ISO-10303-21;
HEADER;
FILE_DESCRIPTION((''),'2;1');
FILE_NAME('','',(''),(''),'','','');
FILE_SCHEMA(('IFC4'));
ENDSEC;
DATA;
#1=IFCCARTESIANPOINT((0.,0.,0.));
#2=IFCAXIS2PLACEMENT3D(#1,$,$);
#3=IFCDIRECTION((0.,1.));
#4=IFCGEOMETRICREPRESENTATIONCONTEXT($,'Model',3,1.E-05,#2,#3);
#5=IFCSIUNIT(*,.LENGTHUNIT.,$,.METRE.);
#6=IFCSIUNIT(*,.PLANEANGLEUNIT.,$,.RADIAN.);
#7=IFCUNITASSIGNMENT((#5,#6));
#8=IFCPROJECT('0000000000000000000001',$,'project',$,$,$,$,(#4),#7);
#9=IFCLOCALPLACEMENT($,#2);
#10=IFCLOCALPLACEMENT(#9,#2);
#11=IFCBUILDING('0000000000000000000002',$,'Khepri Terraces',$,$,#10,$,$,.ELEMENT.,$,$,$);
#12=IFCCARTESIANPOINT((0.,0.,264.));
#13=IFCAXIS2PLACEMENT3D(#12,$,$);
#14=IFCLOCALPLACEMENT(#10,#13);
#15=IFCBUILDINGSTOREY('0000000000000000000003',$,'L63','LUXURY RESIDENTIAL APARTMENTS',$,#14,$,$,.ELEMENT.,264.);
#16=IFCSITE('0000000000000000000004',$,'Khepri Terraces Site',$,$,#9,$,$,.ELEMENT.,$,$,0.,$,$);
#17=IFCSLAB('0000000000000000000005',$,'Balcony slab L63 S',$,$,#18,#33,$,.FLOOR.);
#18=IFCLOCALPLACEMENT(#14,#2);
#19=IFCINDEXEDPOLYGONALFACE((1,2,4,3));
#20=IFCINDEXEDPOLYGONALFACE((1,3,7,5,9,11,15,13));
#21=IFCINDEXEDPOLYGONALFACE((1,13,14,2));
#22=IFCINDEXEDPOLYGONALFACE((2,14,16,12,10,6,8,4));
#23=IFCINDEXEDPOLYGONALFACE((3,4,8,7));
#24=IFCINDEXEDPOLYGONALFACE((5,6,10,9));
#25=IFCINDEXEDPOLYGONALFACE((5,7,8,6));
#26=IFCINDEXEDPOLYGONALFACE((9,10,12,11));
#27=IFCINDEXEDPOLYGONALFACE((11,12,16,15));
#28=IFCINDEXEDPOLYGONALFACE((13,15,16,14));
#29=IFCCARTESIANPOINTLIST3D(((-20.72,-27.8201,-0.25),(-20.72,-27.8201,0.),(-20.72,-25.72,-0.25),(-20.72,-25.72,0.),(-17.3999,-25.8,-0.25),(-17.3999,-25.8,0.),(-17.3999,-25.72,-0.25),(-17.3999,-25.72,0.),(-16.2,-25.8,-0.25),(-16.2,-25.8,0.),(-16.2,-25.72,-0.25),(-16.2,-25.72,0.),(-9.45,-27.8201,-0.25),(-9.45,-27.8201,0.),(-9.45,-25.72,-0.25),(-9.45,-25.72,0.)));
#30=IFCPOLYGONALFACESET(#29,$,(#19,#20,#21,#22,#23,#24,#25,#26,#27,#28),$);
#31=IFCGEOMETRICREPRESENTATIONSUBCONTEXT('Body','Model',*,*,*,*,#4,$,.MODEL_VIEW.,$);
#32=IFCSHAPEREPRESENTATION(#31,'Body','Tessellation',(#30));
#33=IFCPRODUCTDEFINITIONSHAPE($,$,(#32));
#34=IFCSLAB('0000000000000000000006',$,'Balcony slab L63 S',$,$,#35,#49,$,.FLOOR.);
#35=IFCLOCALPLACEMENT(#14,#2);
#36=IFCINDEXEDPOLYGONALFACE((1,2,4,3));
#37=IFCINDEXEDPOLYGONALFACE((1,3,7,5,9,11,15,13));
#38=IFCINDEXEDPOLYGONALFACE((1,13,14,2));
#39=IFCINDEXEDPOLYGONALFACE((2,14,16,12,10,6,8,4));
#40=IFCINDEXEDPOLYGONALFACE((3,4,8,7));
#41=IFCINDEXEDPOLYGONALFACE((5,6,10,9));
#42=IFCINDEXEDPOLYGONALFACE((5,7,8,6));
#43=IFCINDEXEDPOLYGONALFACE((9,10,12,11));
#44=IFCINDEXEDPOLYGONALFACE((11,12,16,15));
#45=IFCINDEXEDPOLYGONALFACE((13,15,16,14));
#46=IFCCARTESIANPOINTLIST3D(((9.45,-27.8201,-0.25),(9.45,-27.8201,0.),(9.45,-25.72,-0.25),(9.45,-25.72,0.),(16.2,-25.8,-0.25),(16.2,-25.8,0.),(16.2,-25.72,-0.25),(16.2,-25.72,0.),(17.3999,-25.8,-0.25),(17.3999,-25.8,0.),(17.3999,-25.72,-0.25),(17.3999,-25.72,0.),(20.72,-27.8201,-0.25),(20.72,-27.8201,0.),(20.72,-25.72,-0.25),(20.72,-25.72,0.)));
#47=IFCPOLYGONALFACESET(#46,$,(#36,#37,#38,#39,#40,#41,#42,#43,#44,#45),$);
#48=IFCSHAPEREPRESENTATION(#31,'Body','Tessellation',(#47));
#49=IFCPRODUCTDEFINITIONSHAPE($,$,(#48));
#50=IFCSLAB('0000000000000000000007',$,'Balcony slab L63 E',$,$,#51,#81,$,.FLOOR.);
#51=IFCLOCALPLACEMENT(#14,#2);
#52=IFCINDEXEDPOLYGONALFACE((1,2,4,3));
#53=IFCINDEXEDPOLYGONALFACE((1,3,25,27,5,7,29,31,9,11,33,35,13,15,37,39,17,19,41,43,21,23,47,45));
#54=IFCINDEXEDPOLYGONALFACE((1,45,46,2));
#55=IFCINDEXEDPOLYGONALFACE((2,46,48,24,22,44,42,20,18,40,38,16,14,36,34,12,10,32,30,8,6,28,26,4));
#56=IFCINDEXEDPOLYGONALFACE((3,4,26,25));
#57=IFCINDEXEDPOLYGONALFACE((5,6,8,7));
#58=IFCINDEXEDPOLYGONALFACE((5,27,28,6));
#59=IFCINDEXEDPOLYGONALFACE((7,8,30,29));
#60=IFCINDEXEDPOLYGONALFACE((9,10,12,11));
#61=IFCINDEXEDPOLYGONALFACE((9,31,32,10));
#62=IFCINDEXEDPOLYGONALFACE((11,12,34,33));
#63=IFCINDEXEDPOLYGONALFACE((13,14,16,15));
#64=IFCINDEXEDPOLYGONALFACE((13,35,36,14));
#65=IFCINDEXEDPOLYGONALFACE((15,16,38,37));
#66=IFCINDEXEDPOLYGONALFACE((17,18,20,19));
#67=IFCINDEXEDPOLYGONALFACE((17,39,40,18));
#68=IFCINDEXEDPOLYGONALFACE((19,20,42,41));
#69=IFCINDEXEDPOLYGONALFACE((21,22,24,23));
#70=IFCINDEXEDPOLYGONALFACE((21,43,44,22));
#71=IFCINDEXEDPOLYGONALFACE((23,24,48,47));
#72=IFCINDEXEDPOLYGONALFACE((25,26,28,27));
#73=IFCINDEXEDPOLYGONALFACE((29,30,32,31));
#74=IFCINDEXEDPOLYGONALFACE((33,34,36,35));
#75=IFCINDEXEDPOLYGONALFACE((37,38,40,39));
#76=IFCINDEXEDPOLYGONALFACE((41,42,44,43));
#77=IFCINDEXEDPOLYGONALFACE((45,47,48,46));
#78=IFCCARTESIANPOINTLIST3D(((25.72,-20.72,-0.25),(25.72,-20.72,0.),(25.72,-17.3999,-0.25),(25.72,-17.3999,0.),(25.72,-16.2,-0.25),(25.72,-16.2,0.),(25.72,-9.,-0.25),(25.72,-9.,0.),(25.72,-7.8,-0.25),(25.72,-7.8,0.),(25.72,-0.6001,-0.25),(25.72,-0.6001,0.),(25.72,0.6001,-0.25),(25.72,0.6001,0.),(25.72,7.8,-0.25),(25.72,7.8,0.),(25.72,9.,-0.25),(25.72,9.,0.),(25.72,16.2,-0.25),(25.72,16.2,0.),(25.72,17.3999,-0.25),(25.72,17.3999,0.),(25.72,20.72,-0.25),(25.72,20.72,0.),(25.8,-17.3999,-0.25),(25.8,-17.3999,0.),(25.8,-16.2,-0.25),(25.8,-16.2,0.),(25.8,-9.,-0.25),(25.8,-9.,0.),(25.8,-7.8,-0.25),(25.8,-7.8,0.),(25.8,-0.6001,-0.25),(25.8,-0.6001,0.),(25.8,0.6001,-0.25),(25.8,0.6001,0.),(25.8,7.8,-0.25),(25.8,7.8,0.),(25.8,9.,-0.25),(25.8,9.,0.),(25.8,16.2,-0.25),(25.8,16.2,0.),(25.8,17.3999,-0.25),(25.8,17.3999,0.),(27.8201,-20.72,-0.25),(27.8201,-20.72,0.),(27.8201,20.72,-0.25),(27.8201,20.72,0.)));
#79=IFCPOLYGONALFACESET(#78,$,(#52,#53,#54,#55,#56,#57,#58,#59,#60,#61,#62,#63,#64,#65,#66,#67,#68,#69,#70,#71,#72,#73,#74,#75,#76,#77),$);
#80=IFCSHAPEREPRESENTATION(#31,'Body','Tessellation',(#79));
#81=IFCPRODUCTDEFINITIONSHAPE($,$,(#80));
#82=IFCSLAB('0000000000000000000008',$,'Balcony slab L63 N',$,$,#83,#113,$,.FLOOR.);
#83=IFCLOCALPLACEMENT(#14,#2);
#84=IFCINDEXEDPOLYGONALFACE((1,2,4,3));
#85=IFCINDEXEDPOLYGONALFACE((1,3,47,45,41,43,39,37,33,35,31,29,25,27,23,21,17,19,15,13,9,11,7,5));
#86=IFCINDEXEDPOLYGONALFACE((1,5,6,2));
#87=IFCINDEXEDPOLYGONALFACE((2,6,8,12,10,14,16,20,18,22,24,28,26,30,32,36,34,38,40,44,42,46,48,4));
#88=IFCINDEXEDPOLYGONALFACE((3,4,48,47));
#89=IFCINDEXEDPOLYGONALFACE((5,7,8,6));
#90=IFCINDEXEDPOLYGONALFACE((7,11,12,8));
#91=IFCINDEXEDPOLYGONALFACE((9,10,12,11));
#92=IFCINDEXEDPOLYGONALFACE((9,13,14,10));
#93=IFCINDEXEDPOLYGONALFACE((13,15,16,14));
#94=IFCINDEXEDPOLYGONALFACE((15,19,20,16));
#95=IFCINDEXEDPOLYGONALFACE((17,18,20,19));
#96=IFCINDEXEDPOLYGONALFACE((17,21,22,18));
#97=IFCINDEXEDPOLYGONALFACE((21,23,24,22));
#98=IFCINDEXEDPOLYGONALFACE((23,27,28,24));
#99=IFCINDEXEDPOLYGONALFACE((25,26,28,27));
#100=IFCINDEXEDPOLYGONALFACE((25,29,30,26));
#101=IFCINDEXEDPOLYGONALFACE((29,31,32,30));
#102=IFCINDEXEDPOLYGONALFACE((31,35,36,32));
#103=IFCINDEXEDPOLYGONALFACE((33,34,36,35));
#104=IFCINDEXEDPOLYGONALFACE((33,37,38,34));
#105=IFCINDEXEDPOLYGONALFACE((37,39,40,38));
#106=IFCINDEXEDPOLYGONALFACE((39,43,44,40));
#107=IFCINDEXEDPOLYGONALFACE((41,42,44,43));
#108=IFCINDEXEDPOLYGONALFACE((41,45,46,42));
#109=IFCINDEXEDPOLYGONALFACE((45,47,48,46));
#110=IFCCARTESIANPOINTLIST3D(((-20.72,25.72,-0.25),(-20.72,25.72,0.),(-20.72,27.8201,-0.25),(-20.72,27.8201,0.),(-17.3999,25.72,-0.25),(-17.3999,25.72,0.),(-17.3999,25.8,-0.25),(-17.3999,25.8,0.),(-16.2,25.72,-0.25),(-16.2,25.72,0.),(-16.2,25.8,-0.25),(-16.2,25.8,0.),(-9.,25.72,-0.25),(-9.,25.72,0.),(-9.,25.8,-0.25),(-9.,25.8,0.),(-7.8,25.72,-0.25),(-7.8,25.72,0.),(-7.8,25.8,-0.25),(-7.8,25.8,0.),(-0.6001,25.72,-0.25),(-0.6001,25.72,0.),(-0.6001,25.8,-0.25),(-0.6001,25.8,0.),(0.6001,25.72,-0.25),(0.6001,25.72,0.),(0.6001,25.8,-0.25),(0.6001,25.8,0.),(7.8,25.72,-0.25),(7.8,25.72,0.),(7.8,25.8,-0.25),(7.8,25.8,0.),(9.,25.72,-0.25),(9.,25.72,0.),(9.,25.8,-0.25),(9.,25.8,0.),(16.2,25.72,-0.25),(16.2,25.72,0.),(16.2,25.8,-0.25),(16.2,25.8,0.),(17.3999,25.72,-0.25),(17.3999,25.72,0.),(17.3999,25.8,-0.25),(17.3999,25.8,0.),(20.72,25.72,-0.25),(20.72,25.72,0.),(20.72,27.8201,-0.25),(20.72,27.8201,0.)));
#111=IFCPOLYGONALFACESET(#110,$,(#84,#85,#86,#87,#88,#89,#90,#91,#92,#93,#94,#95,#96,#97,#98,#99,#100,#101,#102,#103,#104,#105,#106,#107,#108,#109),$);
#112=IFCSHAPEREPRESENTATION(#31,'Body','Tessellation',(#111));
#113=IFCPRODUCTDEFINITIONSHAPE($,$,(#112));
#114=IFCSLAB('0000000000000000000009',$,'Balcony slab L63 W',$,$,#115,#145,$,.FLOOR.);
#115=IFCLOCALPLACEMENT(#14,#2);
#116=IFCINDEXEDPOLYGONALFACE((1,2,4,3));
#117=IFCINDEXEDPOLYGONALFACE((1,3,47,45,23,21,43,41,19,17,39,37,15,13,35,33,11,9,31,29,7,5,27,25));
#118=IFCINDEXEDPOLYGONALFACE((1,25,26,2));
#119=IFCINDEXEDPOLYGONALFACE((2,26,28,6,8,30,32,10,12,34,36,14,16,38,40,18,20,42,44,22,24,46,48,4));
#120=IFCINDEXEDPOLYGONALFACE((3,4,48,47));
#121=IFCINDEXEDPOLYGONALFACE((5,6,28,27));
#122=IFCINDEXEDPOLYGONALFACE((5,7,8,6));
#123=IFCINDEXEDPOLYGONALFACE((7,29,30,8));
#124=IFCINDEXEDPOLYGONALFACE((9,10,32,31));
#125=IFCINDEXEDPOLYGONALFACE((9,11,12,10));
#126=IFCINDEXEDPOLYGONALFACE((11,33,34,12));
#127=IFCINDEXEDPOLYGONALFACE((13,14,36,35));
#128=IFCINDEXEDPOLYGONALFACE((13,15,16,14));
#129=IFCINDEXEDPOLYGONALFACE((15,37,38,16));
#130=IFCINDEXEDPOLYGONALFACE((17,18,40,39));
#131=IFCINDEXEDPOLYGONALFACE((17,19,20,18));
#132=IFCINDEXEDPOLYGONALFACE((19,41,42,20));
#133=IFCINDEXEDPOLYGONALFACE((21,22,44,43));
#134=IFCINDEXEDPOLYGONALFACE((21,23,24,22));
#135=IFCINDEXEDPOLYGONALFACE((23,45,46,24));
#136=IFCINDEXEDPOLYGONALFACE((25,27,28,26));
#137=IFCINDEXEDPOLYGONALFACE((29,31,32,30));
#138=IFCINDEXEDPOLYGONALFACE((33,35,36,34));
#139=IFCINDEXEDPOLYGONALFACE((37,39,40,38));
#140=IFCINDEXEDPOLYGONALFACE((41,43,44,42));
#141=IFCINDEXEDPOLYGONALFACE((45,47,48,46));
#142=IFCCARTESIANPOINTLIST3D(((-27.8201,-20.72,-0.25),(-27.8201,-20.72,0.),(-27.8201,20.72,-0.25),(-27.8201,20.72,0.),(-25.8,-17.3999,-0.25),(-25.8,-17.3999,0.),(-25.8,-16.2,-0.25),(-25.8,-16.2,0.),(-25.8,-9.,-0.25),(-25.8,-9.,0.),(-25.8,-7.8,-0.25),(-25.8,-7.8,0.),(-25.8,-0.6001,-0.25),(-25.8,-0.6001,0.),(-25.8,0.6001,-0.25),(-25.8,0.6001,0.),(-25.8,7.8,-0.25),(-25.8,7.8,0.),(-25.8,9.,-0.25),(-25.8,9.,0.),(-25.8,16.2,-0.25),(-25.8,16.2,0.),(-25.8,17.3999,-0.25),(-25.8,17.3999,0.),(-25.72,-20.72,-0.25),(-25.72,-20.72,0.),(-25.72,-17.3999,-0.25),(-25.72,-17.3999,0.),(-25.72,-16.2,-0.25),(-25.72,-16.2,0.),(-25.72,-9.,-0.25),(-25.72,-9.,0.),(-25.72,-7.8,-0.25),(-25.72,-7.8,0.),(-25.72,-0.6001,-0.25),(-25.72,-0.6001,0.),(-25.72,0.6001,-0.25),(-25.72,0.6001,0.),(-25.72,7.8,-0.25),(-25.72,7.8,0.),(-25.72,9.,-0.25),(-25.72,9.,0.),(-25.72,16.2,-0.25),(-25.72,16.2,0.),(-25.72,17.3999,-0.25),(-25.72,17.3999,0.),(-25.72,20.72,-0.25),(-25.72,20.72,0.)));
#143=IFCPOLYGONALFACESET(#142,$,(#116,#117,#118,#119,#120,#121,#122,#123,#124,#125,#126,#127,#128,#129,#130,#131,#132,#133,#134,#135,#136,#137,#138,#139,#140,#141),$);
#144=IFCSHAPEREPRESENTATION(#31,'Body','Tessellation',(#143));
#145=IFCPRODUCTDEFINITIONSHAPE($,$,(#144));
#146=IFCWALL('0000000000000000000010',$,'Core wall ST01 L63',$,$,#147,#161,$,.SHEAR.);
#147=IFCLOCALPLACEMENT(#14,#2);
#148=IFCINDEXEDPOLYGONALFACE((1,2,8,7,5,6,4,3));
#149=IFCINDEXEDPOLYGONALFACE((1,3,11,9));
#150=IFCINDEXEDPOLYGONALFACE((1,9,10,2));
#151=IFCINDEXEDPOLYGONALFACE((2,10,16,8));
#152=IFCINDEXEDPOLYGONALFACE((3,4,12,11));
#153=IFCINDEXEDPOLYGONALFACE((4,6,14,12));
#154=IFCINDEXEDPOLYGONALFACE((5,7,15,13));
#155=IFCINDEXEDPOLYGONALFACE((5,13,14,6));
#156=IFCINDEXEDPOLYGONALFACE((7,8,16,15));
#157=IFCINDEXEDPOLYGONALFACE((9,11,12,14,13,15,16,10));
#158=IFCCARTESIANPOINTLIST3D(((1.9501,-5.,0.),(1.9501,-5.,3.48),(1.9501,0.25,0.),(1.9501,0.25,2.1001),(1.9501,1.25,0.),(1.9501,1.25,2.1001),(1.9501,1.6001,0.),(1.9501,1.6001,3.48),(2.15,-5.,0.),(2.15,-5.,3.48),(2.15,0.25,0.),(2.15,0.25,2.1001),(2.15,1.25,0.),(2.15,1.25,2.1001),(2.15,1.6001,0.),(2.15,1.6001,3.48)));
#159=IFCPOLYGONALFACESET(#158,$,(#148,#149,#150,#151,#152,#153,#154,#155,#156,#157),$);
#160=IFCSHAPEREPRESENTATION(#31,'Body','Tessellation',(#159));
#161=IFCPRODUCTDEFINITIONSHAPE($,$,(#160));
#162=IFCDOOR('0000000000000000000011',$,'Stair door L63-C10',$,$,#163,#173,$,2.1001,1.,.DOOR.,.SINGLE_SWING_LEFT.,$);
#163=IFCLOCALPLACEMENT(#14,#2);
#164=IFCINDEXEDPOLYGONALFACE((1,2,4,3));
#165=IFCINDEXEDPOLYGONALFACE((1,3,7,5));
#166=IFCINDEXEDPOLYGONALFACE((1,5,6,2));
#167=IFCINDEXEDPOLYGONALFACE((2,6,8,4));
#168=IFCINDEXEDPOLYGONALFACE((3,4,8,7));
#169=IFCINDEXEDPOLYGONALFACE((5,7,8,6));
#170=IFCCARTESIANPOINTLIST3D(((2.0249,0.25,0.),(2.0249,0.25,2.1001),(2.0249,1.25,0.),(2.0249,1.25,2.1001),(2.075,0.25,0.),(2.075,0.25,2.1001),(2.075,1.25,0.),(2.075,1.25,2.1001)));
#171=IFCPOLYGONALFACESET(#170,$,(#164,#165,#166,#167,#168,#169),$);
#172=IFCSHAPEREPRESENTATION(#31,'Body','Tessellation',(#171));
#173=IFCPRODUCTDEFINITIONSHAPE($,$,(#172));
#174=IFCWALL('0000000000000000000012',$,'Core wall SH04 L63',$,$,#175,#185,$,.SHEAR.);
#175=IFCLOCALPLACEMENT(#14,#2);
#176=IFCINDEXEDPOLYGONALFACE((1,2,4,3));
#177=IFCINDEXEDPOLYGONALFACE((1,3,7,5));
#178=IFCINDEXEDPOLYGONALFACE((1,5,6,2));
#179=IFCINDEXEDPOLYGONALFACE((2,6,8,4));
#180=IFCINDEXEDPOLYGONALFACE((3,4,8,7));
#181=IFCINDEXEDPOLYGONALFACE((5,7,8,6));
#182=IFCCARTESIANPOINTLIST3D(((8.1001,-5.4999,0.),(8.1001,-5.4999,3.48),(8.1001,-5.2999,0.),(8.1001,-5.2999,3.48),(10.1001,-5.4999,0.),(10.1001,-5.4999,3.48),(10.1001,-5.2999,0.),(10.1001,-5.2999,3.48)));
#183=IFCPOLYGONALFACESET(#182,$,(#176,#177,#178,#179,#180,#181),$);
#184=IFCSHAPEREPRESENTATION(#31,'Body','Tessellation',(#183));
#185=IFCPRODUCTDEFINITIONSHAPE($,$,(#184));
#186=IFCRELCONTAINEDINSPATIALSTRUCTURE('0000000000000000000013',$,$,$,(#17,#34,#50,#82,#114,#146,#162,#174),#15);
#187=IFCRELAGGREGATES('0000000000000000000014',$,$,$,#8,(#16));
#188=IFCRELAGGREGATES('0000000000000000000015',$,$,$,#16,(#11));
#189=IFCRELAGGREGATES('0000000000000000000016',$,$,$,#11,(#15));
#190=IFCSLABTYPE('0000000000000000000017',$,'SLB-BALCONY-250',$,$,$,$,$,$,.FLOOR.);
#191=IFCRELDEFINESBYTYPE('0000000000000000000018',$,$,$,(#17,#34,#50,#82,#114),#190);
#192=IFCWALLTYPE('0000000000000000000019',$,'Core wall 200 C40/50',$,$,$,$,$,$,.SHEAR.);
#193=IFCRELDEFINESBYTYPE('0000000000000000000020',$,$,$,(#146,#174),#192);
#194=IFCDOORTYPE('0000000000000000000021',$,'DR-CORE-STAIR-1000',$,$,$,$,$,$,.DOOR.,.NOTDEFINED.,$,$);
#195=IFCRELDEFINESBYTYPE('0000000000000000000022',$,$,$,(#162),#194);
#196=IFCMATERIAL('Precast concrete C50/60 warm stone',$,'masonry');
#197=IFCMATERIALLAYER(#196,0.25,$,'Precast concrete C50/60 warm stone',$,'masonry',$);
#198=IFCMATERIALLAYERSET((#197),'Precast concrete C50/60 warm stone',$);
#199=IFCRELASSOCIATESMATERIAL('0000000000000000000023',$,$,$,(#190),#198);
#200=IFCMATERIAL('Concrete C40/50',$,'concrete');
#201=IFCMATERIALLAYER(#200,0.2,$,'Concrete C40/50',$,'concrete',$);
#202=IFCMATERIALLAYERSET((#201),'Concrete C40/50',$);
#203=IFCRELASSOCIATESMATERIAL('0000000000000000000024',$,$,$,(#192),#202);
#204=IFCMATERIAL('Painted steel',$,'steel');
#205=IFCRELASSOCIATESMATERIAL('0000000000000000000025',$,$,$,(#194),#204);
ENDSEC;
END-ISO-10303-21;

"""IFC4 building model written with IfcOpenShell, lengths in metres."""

from ifc_helpers import new_model, si_unit, direction, frame, frame_2d, origin, place, context, subcontext, project, spatial, polyline, rectangle, outline, extrude, material, layer, layer_set, type_object, element, fill, save


model = new_model("IFC4")

# Units and contexts
model_context = context("Model", 3, precision=1e-05, world=origin(), true_north=direction((0.0, 1.0)))
body_context = subcontext(model_context, "Body", "Model", "MODEL_VIEW")
ifc_project = project(units=[si_unit("LENGTHUNIT", "METRE"), si_unit("PLANEANGLEUNIT", "RADIAN")], contexts=[model_context])

# Site, building, storey
site_placement = place(None, origin())
site = spatial("IfcSite", under=ifc_project, at=site_placement, Name="Khepri Terraces Site", CompositionType="ELEMENT", RefElevation=0.0)
building_placement = place(site_placement, origin())
building = spatial("IfcBuilding", under=site, at=building_placement, Name="Khepri Terraces", CompositionType="ELEMENT")
storey_placement = place(building_placement, frame((0.0, 0.0, 264.0)))
storey = spatial("IfcBuildingStorey", under=building, at=storey_placement, Name="L63", Description="LUXURY RESIDENTIAL APARTMENTS", CompositionType="ELEMENT", Elevation=264.0)

# Slabs
ifc_material_1 = material(Name="Precast concrete C50/60 warm stone", Category="masonry")
ifc_layer_1 = layer(ifc_material_1, 0.25, Name="Precast concrete C50/60 warm stone", Category="masonry")
ifc_layer_set_1 = layer_set([ifc_layer_1], Name="Precast concrete C50/60 warm stone")
slab_type = type_object("IfcSlabType", Name="SLB-BALCONY-250", PredefinedType="FLOOR", material=ifc_layer_set_1)
slab_1_placement = place(storey_placement, frame((0.0, 0.0, -0.25)))
element("IfcSlab", 1, at=slab_1_placement, inside=storey, type_object=slab_type, Name="Balcony slab L63 S", PredefinedType="FLOOR", context=body_context, shape_type="SweptSolid", body=[
    extrude(outline(polyline([(-17.3999, -25.72), (-20.72, -25.72), (-20.72, -27.8201), (-9.45, -27.8201), (-9.45, -25.72), (-16.2, -25.72), (-16.2, -25.8), (-17.3999, -25.8), (-17.3999, -25.72)])), origin(), (0.0, 0.0, 1.0), 0.25),
])
slab_2_placement = place(storey_placement, frame((0.0, 0.0, -0.25)))
element("IfcSlab", 2, at=slab_2_placement, inside=storey, type_object=slab_type, Name="Balcony slab L63 S", PredefinedType="FLOOR", context=body_context, shape_type="SweptSolid", body=[
    extrude(outline(polyline([(16.2, -25.72), (9.45, -25.72), (9.45, -27.8201), (20.72, -27.8201), (20.72, -25.72), (17.3999, -25.72), (17.3999, -25.8), (16.2, -25.8), (16.2, -25.72)])), origin(), (0.0, 0.0, 1.0), 0.25),
])
slab_3_placement = place(storey_placement, frame((0.0, 0.0, -0.25)))
element("IfcSlab", 3, at=slab_3_placement, inside=storey, type_object=slab_type, Name="Balcony slab L63 E", PredefinedType="FLOOR", context=body_context, shape_type="SweptSolid", body=[
    extrude(outline(polyline([(25.72, -17.3999), (25.72, -20.72), (27.8201, -20.72), (27.8201, 20.72), (25.72, 20.72), (25.72, 17.3999), (25.8, 17.3999), (25.8, 16.2), (25.72, 16.2), (25.72, 9.0), (25.8, 9.0), (25.8, 7.8), (25.72, 7.8), (25.72, 0.6001), (25.8, 0.6001), (25.8, -0.6001), (25.72, -0.6001), (25.72, -7.8), (25.8, -7.8), (25.8, -9.0), (25.72, -9.0), (25.72, -16.2), (25.8, -16.2), (25.8, -17.3999), (25.72, -17.3999)])), origin(), (0.0, 0.0, 1.0), 0.25),
])
slab_4_placement = place(storey_placement, frame((0.0, 0.0, -0.25)))
element("IfcSlab", 4, at=slab_4_placement, inside=storey, type_object=slab_type, Name="Balcony slab L63 N", PredefinedType="FLOOR", context=body_context, shape_type="SweptSolid", body=[
    extrude(outline(polyline([(17.3999, 25.72), (20.72, 25.72), (20.72, 27.8201), (-20.72, 27.8201), (-20.72, 25.72), (-17.3999, 25.72), (-17.3999, 25.8), (-16.2, 25.8), (-16.2, 25.72), (-9.0, 25.72), (-9.0, 25.8), (-7.8, 25.8), (-7.8, 25.72), (-0.6001, 25.72), (-0.6001, 25.8), (0.6001, 25.8), (0.6001, 25.72), (7.8, 25.72), (7.8, 25.8), (9.0, 25.8), (9.0, 25.72), (16.2, 25.72), (16.2, 25.8), (17.3999, 25.8), (17.3999, 25.72)])), origin(), (0.0, 0.0, 1.0), 0.25),
])
slab_5_placement = place(storey_placement, frame((0.0, 0.0, -0.25)))
element("IfcSlab", 5, at=slab_5_placement, inside=storey, type_object=slab_type, Name="Balcony slab L63 W", PredefinedType="FLOOR", context=body_context, shape_type="SweptSolid", body=[
    extrude(outline(polyline([(-25.72, 17.3999), (-25.72, 20.72), (-27.8201, 20.72), (-27.8201, -20.72), (-25.72, -20.72), (-25.72, -17.3999), (-25.8, -17.3999), (-25.8, -16.2), (-25.72, -16.2), (-25.72, -9.0), (-25.8, -9.0), (-25.8, -7.8), (-25.72, -7.8), (-25.72, -0.6001), (-25.8, -0.6001), (-25.8, 0.6001), (-25.72, 0.6001), (-25.72, 7.8), (-25.8, 7.8), (-25.8, 9.0), (-25.72, 9.0), (-25.72, 16.2), (-25.8, 16.2), (-25.8, 17.3999), (-25.72, 17.3999)])), origin(), (0.0, 0.0, 1.0), 0.25),
])

# Wall, opening, door
ifc_material_2 = material(Name="Concrete C40/50", Category="concrete")
ifc_layer_2 = layer(ifc_material_2, 0.2, Name="Concrete C40/50", Category="concrete")
ifc_layer_set_2 = layer_set([ifc_layer_2], Name="Concrete C40/50")
wall_type_1 = type_object("IfcWallType", Name="Core wall 200 C40/50", PredefinedType="SHEAR", material=ifc_layer_set_2)
wall_1_placement = place(storey_placement, frame((2.05, -5.0, 0.0), z_axis=(0.0, 0.0, 1.0), x_axis=(0.0, 1.0, 0.0)))
wall_1 = element("IfcWall", 6, at=wall_1_placement, inside=storey, type_object=wall_type_1, Name="Core wall ST01 L63", PredefinedType="SHEAR", context=body_context, shape_type="SweptSolid", body=[
    extrude(rectangle(XDim=6.6001, YDim=0.2, at=frame_2d((3.3, 0.0))), origin(), (0.0, 0.0, 1.0), 3.48),
])
opening_1_placement = place(wall_1_placement, frame((5.25, 0.0, 0.0)))
opening_1 = element("IfcOpeningElement", 7, at=opening_1_placement, cuts=wall_1, PredefinedType="OPENING", context=body_context, shape_type="SweptSolid", body=[
    extrude(rectangle(XDim=1.0, YDim=2.1001, at=frame_2d((0.5, 1.05))), frame((0.0, 0.1099, 0.0), z_axis=(0.0, -1.0, 0.0), x_axis=(1.0, 0.0, 0.0)), (0.0, 0.0, 1.0), 0.22),
])
ifc_material_3 = material(Name="Painted steel", Category="steel")
door_type_1 = type_object("IfcDoorType", Name="DR-CORE-STAIR-1000", OperationType="NOTDEFINED", PredefinedType="DOOR", material=ifc_material_3)
door_1_placement = place(opening_1_placement, frame((1.0, 0.0, 0.0), z_axis=(0.0, 0.0, 1.0), x_axis=(-1.0, 0.0, 0.0)))
door_1 = element("IfcDoor", 8, at=door_1_placement, inside=storey, type_object=door_type_1, Name="Stair door L63-C10", OperationType="SINGLE_SWING_LEFT", OverallHeight=2.1001, OverallWidth=1.0, PredefinedType="DOOR", context=body_context, shape_type="SweptSolid", body=[
    extrude(rectangle(XDim=1.0, YDim=2.1001, at=frame_2d((0.5, 1.05))), frame((0.0, 0.0249, 0.0), z_axis=(0.0, -1.0, 0.0), x_axis=(1.0, 0.0, 0.0)), (0.0, 0.0, 1.0), 0.05),
])
fill(opening_1, door_1)

# Wall
for number, where, z_axis, x_axis, name in (
    (9, (8.1001, -5.3999, 0.0), (0.0, 0.0, 1.0), (1.0, 0.0, 0.0), "Core wall SH04 L63"),
):
    element("IfcWall", number, at=place(storey_placement, frame(where, z_axis=z_axis, x_axis=x_axis)), inside=storey, type_object=wall_type_1, Name=name, PredefinedType="SHEAR", context=body_context, shape_type="SweptSolid", body=[
        extrude(rectangle(XDim=2.0, YDim=0.2, at=frame_2d((1.0, 0.0))), origin(), (0.0, 0.0, 1.0), 3.48),
    ])

save(model, "model.ifc")
